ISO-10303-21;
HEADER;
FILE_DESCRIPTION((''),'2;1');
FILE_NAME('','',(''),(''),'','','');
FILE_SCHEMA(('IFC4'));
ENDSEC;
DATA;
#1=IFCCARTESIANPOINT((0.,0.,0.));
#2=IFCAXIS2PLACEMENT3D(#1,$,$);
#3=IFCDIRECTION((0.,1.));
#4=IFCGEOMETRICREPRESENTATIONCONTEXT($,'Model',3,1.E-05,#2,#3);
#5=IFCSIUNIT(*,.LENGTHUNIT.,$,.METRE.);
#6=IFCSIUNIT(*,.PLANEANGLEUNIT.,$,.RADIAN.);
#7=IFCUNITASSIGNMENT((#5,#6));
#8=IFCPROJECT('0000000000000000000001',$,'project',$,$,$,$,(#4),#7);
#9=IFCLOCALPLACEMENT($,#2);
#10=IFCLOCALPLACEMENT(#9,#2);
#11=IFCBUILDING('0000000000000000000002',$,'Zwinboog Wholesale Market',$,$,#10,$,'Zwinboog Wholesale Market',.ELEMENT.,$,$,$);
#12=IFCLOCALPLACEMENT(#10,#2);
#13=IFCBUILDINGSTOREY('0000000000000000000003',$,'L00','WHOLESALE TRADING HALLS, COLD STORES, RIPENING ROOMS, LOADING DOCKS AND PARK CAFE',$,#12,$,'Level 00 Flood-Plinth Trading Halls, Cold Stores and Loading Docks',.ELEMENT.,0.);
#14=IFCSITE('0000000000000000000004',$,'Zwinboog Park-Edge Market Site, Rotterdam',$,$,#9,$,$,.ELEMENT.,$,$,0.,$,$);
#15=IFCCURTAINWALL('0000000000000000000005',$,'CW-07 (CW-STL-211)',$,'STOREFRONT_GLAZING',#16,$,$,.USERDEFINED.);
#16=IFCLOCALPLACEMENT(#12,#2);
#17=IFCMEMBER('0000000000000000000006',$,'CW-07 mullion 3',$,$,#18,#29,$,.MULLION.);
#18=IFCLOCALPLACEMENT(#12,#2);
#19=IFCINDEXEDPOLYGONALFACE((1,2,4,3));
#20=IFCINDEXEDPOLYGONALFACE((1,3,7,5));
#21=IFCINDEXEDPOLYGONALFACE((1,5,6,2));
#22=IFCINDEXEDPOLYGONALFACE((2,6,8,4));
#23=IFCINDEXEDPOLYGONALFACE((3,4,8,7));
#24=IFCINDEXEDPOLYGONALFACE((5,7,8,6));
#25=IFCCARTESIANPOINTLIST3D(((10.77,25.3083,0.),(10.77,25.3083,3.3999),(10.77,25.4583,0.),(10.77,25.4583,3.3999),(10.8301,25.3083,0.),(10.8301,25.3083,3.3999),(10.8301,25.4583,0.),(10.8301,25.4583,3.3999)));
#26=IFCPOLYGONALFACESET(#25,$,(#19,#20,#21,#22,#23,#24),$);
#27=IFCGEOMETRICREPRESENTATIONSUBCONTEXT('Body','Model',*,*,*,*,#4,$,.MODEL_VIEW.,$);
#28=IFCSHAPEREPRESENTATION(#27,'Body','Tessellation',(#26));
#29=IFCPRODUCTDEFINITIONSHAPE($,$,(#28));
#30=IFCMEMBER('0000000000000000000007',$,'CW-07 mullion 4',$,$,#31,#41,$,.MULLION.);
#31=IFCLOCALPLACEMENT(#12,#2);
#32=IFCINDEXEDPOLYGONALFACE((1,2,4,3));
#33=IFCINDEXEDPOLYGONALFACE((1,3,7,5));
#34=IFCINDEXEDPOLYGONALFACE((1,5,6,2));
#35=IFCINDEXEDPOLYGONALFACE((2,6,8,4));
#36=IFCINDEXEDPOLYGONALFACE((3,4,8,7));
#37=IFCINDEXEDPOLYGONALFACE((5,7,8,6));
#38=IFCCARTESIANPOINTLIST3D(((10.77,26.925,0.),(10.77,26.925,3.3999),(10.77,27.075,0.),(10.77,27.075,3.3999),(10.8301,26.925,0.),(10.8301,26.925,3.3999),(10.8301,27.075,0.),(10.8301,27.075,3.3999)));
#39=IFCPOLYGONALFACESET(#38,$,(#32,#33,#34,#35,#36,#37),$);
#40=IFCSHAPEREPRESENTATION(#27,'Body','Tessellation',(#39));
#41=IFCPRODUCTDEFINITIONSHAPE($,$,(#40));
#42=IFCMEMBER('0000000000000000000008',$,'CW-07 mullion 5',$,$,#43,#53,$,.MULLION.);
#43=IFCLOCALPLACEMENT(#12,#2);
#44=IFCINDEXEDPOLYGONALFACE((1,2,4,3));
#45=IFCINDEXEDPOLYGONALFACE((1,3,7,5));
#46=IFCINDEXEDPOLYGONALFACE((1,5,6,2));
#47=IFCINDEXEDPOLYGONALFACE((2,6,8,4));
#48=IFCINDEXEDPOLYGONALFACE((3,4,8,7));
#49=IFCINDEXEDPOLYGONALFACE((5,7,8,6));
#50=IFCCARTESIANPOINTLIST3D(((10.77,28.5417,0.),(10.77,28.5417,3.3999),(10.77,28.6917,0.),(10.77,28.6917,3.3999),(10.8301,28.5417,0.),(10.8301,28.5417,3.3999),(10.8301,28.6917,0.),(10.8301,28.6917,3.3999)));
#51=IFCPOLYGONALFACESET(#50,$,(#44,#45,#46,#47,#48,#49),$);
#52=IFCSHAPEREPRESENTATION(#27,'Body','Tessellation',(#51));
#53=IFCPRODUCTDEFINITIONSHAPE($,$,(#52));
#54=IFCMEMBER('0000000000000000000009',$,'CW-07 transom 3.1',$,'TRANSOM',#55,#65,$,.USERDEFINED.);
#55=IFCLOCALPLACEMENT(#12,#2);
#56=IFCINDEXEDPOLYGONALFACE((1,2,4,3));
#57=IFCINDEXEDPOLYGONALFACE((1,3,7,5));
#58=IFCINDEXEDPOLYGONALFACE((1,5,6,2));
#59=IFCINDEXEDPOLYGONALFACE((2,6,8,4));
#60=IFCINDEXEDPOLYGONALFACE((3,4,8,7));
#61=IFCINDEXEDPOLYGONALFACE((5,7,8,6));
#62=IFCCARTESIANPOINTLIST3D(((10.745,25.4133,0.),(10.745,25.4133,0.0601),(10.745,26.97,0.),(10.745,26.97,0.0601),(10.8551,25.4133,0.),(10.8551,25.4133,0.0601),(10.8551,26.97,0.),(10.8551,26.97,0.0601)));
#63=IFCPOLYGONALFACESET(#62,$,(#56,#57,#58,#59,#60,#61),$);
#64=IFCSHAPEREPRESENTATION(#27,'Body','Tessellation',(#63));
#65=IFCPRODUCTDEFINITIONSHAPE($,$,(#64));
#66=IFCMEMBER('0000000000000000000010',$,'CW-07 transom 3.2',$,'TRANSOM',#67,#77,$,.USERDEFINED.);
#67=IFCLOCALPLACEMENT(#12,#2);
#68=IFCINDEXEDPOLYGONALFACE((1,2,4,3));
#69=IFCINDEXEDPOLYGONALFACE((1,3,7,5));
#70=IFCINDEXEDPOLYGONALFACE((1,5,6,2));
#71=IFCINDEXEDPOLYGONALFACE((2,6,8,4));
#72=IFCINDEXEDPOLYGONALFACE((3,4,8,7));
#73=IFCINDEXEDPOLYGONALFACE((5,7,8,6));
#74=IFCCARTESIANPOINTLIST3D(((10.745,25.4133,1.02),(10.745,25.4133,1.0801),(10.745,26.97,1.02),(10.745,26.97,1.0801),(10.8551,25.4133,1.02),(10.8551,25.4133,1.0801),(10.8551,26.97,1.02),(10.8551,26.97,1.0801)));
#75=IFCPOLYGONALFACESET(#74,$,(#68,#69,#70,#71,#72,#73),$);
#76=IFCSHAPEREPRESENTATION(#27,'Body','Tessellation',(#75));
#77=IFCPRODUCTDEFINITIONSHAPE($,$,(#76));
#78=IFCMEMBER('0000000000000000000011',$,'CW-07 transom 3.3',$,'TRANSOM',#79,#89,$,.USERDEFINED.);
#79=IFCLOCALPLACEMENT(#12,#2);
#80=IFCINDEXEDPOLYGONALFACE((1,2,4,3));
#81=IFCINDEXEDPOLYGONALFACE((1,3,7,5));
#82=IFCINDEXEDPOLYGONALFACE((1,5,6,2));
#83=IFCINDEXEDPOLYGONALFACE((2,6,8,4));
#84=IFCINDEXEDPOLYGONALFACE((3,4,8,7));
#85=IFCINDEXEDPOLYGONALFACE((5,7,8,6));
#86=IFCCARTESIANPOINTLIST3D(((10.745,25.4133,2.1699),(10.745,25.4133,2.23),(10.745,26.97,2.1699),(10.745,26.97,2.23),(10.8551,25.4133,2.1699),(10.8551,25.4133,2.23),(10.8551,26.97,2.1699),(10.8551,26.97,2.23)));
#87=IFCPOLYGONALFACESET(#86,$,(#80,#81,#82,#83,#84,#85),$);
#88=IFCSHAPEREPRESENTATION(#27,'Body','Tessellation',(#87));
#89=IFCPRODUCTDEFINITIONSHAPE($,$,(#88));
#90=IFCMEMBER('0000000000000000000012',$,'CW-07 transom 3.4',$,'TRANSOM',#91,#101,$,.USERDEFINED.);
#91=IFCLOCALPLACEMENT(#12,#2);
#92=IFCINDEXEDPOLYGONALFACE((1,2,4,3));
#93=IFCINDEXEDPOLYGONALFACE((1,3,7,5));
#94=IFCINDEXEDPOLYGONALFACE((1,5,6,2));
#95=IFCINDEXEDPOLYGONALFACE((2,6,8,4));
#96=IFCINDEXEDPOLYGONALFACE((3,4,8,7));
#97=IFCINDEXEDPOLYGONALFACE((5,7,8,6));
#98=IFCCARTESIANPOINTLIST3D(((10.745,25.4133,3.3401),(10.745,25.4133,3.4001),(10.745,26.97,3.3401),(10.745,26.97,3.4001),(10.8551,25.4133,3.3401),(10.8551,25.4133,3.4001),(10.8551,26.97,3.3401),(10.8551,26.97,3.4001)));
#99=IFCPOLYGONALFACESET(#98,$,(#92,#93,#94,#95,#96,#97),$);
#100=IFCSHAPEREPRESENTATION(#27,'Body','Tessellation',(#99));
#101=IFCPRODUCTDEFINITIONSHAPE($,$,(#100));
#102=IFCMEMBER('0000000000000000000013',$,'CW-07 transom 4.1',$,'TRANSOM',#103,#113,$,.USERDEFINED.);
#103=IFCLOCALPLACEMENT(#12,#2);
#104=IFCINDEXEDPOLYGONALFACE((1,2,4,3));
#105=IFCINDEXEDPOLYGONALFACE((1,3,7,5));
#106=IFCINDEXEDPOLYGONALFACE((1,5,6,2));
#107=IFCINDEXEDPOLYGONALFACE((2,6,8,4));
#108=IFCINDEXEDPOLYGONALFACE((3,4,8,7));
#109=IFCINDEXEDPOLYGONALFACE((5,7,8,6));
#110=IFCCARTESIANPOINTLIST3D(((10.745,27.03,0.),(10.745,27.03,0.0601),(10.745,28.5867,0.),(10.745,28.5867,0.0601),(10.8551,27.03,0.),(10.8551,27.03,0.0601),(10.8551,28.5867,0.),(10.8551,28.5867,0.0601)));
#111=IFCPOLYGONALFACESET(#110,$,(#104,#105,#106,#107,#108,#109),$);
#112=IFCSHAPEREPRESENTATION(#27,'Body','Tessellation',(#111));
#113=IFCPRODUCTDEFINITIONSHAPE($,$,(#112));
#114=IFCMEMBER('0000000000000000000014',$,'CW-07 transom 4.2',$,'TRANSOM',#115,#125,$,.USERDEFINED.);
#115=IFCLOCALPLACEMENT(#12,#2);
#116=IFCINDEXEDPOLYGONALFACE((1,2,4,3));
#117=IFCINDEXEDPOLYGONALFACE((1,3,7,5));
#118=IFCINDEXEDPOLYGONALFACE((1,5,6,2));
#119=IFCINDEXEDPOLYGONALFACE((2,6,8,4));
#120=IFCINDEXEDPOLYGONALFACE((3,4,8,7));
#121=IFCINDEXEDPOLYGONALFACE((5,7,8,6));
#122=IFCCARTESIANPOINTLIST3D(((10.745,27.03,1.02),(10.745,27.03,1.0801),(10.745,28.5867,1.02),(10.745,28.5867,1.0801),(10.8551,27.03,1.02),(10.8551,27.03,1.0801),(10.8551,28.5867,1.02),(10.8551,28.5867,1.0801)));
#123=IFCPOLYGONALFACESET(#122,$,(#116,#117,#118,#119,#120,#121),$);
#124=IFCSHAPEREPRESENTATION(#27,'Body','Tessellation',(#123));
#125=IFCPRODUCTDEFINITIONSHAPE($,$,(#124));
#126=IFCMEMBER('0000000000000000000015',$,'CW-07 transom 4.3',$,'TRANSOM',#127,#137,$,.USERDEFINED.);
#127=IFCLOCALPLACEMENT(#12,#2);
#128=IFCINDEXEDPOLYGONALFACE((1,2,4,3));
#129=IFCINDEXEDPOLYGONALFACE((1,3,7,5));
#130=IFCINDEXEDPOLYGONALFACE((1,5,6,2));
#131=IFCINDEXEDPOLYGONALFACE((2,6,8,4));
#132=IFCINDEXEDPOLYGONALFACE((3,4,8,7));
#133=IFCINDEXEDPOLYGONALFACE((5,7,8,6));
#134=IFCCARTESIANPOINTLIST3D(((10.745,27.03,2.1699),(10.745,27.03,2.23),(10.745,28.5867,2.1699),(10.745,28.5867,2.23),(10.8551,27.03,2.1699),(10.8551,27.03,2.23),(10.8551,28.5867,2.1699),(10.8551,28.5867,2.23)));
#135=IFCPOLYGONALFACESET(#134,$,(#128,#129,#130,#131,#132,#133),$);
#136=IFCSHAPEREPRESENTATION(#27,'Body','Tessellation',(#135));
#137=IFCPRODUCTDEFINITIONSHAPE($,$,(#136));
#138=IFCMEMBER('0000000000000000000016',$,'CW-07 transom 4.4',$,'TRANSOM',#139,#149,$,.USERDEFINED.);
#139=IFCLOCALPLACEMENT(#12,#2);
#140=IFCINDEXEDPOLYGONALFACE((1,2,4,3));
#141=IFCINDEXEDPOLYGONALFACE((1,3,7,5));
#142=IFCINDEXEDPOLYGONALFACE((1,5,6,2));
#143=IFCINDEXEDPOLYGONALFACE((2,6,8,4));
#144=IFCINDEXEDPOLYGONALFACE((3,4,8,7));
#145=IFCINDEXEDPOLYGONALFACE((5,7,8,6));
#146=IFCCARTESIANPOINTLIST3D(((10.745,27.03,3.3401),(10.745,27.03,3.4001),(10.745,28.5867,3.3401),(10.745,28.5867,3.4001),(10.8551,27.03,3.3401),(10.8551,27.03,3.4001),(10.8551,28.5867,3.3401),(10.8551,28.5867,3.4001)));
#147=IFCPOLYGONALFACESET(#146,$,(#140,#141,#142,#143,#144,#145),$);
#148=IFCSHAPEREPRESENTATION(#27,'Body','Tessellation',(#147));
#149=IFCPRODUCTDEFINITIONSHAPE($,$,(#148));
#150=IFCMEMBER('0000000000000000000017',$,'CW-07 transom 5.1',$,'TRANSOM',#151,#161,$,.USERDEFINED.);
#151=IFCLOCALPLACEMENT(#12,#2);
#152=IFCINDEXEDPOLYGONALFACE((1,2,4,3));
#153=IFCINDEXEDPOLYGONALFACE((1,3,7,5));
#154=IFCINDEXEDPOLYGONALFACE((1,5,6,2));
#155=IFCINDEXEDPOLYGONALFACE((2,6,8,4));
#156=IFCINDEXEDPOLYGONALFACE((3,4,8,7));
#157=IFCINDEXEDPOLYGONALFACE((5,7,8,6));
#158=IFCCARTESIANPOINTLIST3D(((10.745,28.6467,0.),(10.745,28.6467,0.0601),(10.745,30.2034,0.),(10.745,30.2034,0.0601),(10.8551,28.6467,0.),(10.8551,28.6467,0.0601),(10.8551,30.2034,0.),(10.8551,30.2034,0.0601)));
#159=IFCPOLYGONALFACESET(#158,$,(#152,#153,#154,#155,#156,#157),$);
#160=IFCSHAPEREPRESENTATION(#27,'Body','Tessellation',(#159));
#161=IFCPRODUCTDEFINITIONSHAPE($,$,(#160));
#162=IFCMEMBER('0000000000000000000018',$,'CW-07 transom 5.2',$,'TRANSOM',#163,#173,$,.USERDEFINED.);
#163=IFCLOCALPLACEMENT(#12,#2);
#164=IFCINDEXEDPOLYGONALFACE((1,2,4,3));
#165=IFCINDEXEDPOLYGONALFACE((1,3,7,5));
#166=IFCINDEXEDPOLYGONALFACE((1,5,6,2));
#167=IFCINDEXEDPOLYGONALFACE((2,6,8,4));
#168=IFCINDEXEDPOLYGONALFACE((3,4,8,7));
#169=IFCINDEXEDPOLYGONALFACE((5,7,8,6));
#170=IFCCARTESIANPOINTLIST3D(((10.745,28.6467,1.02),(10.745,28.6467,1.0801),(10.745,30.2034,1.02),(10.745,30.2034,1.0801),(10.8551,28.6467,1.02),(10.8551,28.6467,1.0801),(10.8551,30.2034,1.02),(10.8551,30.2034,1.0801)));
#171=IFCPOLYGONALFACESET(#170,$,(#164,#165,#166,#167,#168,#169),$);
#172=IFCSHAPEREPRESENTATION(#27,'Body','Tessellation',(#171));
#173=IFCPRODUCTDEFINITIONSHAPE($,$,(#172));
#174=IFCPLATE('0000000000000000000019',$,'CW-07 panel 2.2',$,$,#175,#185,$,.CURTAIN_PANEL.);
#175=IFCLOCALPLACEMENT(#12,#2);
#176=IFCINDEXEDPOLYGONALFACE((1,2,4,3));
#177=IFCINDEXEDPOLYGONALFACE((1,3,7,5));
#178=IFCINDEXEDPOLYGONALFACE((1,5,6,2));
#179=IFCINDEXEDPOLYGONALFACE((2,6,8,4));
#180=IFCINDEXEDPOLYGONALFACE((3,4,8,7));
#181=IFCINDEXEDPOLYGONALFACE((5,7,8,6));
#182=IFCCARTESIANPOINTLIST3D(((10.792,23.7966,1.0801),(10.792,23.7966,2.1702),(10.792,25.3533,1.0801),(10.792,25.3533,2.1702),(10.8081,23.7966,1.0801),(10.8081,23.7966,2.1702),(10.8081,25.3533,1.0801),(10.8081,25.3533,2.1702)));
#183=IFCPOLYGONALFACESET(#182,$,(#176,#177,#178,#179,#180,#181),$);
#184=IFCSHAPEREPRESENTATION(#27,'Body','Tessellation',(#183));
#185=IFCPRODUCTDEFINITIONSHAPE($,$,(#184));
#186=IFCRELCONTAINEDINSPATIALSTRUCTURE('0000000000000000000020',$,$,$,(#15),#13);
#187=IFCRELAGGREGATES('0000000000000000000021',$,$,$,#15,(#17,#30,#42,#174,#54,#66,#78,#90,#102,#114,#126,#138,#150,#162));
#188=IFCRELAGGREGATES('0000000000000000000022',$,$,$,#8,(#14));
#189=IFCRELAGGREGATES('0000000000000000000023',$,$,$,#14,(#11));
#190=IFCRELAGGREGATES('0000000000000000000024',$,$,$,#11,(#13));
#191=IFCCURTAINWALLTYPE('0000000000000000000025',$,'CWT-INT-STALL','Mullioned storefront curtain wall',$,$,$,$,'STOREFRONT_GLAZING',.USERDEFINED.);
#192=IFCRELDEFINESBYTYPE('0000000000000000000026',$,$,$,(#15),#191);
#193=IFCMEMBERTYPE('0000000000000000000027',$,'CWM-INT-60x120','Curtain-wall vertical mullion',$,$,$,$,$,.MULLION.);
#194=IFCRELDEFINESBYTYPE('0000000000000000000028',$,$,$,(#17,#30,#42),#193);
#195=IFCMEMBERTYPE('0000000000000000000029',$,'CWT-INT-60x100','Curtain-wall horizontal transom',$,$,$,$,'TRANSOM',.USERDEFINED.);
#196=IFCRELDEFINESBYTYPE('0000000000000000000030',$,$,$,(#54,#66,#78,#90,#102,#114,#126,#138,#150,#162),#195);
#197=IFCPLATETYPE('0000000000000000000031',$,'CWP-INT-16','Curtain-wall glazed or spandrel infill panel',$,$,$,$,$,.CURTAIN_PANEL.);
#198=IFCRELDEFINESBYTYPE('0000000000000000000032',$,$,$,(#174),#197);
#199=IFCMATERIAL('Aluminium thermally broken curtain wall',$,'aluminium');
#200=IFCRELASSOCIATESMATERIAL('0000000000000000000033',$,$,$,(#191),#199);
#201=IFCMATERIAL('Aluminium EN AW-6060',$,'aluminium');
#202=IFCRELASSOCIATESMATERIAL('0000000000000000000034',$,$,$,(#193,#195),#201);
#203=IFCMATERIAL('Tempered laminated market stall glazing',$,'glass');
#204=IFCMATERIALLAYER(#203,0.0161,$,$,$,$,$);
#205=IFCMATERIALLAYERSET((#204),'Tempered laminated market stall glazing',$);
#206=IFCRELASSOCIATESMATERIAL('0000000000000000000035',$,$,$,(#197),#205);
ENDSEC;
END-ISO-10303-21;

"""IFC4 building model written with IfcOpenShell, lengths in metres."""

from ifc_helpers import new_model, si_unit, direction, frame, origin, origin_2d, place, context, subcontext, project, spatial, rectangle, extrude, material, layer, layer_set, material_profile, profile_set, type_object, element, aggregate, save


model = new_model("IFC4")

# Units and contexts
model_context = context("Model", 3, precision=1e-05, world=origin(), true_north=direction((0.0, 1.0)))
body_context = subcontext(model_context, "Body", "Model", "MODEL_VIEW")
ifc_project = project(units=[si_unit("LENGTHUNIT", "METRE"), si_unit("PLANEANGLEUNIT", "RADIAN")], contexts=[model_context])

# Site, building, storey
site_placement = place(None, origin())
site = spatial("IfcSite", under=ifc_project, at=site_placement, Name="Zwinboog Park-Edge Market Site, Rotterdam", CompositionType="ELEMENT", RefElevation=0.0)
building_placement = place(site_placement, origin())
building = spatial("IfcBuilding", under=site, at=building_placement, Name="Zwinboog Wholesale Market", LongName="Zwinboog Wholesale Market", CompositionType="ELEMENT")
storey_placement = place(building_placement, origin())
storey = spatial("IfcBuildingStorey", under=building, at=storey_placement, Name="L00", Description="WHOLESALE TRADING HALLS, COLD STORES, RIPENING ROOMS, LOADING DOCKS AND PARK CAFE", LongName="Level 00 Flood-Plinth Trading Halls, Cold Stores and Loading Docks", CompositionType="ELEMENT", Elevation=0.0)

# Curtain wall, members, plate
ifc_material_1 = material(Name="Aluminium thermally broken curtain wall", Category="aluminium")
curtain_wall_type = type_object("IfcCurtainWallType", Name="CWT-INT-STALL", Description="Mullioned storefront curtain wall", ElementType="STOREFRONT_GLAZING", PredefinedType="USERDEFINED", material=ifc_material_1)
curtain_wall_placement = place(storey_placement, origin())
curtain_wall = element("IfcCurtainWall", 1, at=curtain_wall_placement, inside=storey, type_object=curtain_wall_type, Name="CW-07 (CW-STL-211)", ObjectType="STOREFRONT_GLAZING", PredefinedType="USERDEFINED")
ifc_material_2 = material(Name="Aluminium EN AW-6060", Category="aluminium")
ifc_material_profile_1 = material_profile(ifc_material_2, rectangle(XDim=0.0601, YDim=0.1499, at=origin_2d()), Name="AL 60x150")
ifc_profile_set_1 = profile_set([ifc_material_profile_1], Name="Aluminium EN AW-6060")
member_type_1 = type_object("IfcMemberType", Name="CWM-INT-60x120", Description="Curtain-wall vertical mullion", PredefinedType="MULLION", material=ifc_profile_set_1)
member_1_placement = place(storey_placement, frame((10.8, 25.3833, 0.0), z_axis=(0.0, 0.0, 1.0), x_axis=(-1.0, 0.0, 0.0)))
member_1 = element("IfcMember", 2, at=member_1_placement, type_object=member_type_1, Name="CW-07 mullion 3", PredefinedType="MULLION", context=body_context, shape_type="SweptSolid", body=[
    extrude(rectangle(XDim=0.0601, YDim=0.1499, at=origin_2d()), origin(), (0.0, 0.0, 1.0), 3.3999),
])
member_2_placement = place(storey_placement, frame((10.8, 27.0, 0.0), z_axis=(0.0, 0.0, 1.0), x_axis=(-1.0, 0.0, 0.0)))
member_2 = element("IfcMember", 3, at=member_2_placement, type_object=member_type_1, Name="CW-07 mullion 4", PredefinedType="MULLION", context=body_context, shape_type="SweptSolid", body=[
    extrude(rectangle(XDim=0.0601, YDim=0.1499, at=origin_2d()), origin(), (0.0, 0.0, 1.0), 3.3999),
])
member_3_placement = place(storey_placement, frame((10.8, 28.6167, 0.0), z_axis=(0.0, 0.0, 1.0), x_axis=(-1.0, 0.0, 0.0)))
member_3 = element("IfcMember", 4, at=member_3_placement, type_object=member_type_1, Name="CW-07 mullion 5", PredefinedType="MULLION", context=body_context, shape_type="SweptSolid", body=[
    extrude(rectangle(XDim=0.0601, YDim=0.1499, at=origin_2d()), origin(), (0.0, 0.0, 1.0), 3.3999),
])
ifc_material_profile_2 = material_profile(ifc_material_2, rectangle(XDim=0.1101, YDim=0.0601, at=origin_2d()), Name="AL 60x110")
ifc_profile_set_2 = profile_set([ifc_material_profile_2], Name="Aluminium EN AW-6060")
member_type_2 = type_object("IfcMemberType", Name="CWT-INT-60x100", Description="Curtain-wall horizontal transom", ElementType="TRANSOM", PredefinedType="USERDEFINED", material=ifc_profile_set_2)
member_4_placement = place(storey_placement, frame((10.8, 25.4133, 0.03), z_axis=(0.0, 1.0, 0.0), x_axis=(-1.0, 0.0, 0.0)))
member_4 = element("IfcMember", 5, at=member_4_placement, type_object=member_type_2, Name="CW-07 transom 3.1", ObjectType="TRANSOM", PredefinedType="USERDEFINED", context=body_context, shape_type="SweptSolid", body=[
    extrude(rectangle(XDim=0.1101, YDim=0.0601, at=origin_2d()), origin(), (0.0, 0.0, 1.0), 1.5566),
])
member_5_placement = place(storey_placement, frame((10.8, 25.4133, 1.05), z_axis=(0.0, 1.0, 0.0), x_axis=(-1.0, 0.0, 0.0)))
member_5 = element("IfcMember", 6, at=member_5_placement, type_object=member_type_2, Name="CW-07 transom 3.2", ObjectType="TRANSOM", PredefinedType="USERDEFINED", context=body_context, shape_type="SweptSolid", body=[
    extrude(rectangle(XDim=0.1101, YDim=0.0601, at=origin_2d()), origin(), (0.0, 0.0, 1.0), 1.5566),
])
member_6_placement = place(storey_placement, frame((10.8, 25.4133, 2.2), z_axis=(0.0, 1.0, 0.0), x_axis=(-1.0, 0.0, 0.0)))
member_6 = element("IfcMember", 7, at=member_6_placement, type_object=member_type_2, Name="CW-07 transom 3.3", ObjectType="TRANSOM", PredefinedType="USERDEFINED", context=body_context, shape_type="SweptSolid", body=[
    extrude(rectangle(XDim=0.1101, YDim=0.0601, at=origin_2d()), origin(), (0.0, 0.0, 1.0), 1.5566),
])
member_7_placement = place(storey_placement, frame((10.8, 25.4133, 3.3701), z_axis=(0.0, 1.0, 0.0), x_axis=(-1.0, 0.0, 0.0)))
member_7 = element("IfcMember", 8, at=member_7_placement, type_object=member_type_2, Name="CW-07 transom 3.4", ObjectType="TRANSOM", PredefinedType="USERDEFINED", context=body_context, shape_type="SweptSolid", body=[
    extrude(rectangle(XDim=0.1101, YDim=0.0601, at=origin_2d()), origin(), (0.0, 0.0, 1.0), 1.5566),
])
member_8_placement = place(storey_placement, frame((10.8, 27.03, 0.03), z_axis=(0.0, 1.0, 0.0), x_axis=(-1.0, 0.0, 0.0)))
member_8 = element("IfcMember", 9, at=member_8_placement, type_object=member_type_2, Name="CW-07 transom 4.1", ObjectType="TRANSOM", PredefinedType="USERDEFINED", context=body_context, shape_type="SweptSolid", body=[
    extrude(rectangle(XDim=0.1101, YDim=0.0601, at=origin_2d()), origin(), (0.0, 0.0, 1.0), 1.5566),
])
member_9_placement = place(storey_placement, frame((10.8, 27.03, 1.05), z_axis=(0.0, 1.0, 0.0), x_axis=(-1.0, 0.0, 0.0)))
member_9 = element("IfcMember", 10, at=member_9_placement, type_object=member_type_2, Name="CW-07 transom 4.2", ObjectType="TRANSOM", PredefinedType="USERDEFINED", context=body_context, shape_type="SweptSolid", body=[
    extrude(rectangle(XDim=0.1101, YDim=0.0601, at=origin_2d()), origin(), (0.0, 0.0, 1.0), 1.5566),
])
member_10_placement = place(storey_placement, frame((10.8, 27.03, 2.2), z_axis=(0.0, 1.0, 0.0), x_axis=(-1.0, 0.0, 0.0)))
member_10 = element("IfcMember", 11, at=member_10_placement, type_object=member_type_2, Name="CW-07 transom 4.3", ObjectType="TRANSOM", PredefinedType="USERDEFINED", context=body_context, shape_type="SweptSolid", body=[
    extrude(rectangle(XDim=0.1101, YDim=0.0601, at=origin_2d()), origin(), (0.0, 0.0, 1.0), 1.5566),
])
member_11_placement = place(storey_placement, frame((10.8, 27.03, 3.3701), z_axis=(0.0, 1.0, 0.0), x_axis=(-1.0, 0.0, 0.0)))
member_11 = element("IfcMember", 12, at=member_11_placement, type_object=member_type_2, Name="CW-07 transom 4.4", ObjectType="TRANSOM", PredefinedType="USERDEFINED", context=body_context, shape_type="SweptSolid", body=[
    extrude(rectangle(XDim=0.1101, YDim=0.0601, at=origin_2d()), origin(), (0.0, 0.0, 1.0), 1.5566),
])
member_12_placement = place(storey_placement, frame((10.8, 28.6467, 0.03), z_axis=(0.0, 1.0, 0.0), x_axis=(-1.0, 0.0, 0.0)))
member_12 = element("IfcMember", 13, at=member_12_placement, type_object=member_type_2, Name="CW-07 transom 5.1", ObjectType="TRANSOM", PredefinedType="USERDEFINED", context=body_context, shape_type="SweptSolid", body=[
    extrude(rectangle(XDim=0.1101, YDim=0.0601, at=origin_2d()), origin(), (0.0, 0.0, 1.0), 1.5566),
])
member_13_placement = place(storey_placement, frame((10.8, 28.6467, 1.05), z_axis=(0.0, 1.0, 0.0), x_axis=(-1.0, 0.0, 0.0)))
member_13 = element("IfcMember", 14, at=member_13_placement, type_object=member_type_2, Name="CW-07 transom 5.2", ObjectType="TRANSOM", PredefinedType="USERDEFINED", context=body_context, shape_type="SweptSolid", body=[
    extrude(rectangle(XDim=0.1101, YDim=0.0601, at=origin_2d()), origin(), (0.0, 0.0, 1.0), 1.5566),
])
ifc_material_3 = material(Name="Tempered laminated market stall glazing", Category="glass")
ifc_layer = layer(ifc_material_3, 0.0161)
ifc_layer_set = layer_set([ifc_layer], Name="Tempered laminated market stall glazing")
plate_type = type_object("IfcPlateType", Name="CWP-INT-16", Description="Curtain-wall glazed or spandrel infill panel", PredefinedType="CURTAIN_PANEL", material=ifc_layer_set)
plate_1_placement = place(storey_placement, frame((10.8, 24.575, 1.0801), z_axis=(0.0, 0.0, 1.0), x_axis=(0.0, 1.0, 0.0)))
plate_1 = element("IfcPlate", 15, at=plate_1_placement, type_object=plate_type, Name="CW-07 panel 2.2", PredefinedType="CURTAIN_PANEL", context=body_context, shape_type="SweptSolid", body=[
    extrude(rectangle(XDim=1.5566, YDim=0.0161, at=origin_2d()), origin(), (0.0, 0.0, 1.0), 1.0901),
])
aggregate(curtain_wall, [member_1, member_2, member_3, plate_1, member_4, member_5, member_6, member_7, member_8, member_9, member_10, member_11, member_12, member_13])

save(model, "model.ifc")
